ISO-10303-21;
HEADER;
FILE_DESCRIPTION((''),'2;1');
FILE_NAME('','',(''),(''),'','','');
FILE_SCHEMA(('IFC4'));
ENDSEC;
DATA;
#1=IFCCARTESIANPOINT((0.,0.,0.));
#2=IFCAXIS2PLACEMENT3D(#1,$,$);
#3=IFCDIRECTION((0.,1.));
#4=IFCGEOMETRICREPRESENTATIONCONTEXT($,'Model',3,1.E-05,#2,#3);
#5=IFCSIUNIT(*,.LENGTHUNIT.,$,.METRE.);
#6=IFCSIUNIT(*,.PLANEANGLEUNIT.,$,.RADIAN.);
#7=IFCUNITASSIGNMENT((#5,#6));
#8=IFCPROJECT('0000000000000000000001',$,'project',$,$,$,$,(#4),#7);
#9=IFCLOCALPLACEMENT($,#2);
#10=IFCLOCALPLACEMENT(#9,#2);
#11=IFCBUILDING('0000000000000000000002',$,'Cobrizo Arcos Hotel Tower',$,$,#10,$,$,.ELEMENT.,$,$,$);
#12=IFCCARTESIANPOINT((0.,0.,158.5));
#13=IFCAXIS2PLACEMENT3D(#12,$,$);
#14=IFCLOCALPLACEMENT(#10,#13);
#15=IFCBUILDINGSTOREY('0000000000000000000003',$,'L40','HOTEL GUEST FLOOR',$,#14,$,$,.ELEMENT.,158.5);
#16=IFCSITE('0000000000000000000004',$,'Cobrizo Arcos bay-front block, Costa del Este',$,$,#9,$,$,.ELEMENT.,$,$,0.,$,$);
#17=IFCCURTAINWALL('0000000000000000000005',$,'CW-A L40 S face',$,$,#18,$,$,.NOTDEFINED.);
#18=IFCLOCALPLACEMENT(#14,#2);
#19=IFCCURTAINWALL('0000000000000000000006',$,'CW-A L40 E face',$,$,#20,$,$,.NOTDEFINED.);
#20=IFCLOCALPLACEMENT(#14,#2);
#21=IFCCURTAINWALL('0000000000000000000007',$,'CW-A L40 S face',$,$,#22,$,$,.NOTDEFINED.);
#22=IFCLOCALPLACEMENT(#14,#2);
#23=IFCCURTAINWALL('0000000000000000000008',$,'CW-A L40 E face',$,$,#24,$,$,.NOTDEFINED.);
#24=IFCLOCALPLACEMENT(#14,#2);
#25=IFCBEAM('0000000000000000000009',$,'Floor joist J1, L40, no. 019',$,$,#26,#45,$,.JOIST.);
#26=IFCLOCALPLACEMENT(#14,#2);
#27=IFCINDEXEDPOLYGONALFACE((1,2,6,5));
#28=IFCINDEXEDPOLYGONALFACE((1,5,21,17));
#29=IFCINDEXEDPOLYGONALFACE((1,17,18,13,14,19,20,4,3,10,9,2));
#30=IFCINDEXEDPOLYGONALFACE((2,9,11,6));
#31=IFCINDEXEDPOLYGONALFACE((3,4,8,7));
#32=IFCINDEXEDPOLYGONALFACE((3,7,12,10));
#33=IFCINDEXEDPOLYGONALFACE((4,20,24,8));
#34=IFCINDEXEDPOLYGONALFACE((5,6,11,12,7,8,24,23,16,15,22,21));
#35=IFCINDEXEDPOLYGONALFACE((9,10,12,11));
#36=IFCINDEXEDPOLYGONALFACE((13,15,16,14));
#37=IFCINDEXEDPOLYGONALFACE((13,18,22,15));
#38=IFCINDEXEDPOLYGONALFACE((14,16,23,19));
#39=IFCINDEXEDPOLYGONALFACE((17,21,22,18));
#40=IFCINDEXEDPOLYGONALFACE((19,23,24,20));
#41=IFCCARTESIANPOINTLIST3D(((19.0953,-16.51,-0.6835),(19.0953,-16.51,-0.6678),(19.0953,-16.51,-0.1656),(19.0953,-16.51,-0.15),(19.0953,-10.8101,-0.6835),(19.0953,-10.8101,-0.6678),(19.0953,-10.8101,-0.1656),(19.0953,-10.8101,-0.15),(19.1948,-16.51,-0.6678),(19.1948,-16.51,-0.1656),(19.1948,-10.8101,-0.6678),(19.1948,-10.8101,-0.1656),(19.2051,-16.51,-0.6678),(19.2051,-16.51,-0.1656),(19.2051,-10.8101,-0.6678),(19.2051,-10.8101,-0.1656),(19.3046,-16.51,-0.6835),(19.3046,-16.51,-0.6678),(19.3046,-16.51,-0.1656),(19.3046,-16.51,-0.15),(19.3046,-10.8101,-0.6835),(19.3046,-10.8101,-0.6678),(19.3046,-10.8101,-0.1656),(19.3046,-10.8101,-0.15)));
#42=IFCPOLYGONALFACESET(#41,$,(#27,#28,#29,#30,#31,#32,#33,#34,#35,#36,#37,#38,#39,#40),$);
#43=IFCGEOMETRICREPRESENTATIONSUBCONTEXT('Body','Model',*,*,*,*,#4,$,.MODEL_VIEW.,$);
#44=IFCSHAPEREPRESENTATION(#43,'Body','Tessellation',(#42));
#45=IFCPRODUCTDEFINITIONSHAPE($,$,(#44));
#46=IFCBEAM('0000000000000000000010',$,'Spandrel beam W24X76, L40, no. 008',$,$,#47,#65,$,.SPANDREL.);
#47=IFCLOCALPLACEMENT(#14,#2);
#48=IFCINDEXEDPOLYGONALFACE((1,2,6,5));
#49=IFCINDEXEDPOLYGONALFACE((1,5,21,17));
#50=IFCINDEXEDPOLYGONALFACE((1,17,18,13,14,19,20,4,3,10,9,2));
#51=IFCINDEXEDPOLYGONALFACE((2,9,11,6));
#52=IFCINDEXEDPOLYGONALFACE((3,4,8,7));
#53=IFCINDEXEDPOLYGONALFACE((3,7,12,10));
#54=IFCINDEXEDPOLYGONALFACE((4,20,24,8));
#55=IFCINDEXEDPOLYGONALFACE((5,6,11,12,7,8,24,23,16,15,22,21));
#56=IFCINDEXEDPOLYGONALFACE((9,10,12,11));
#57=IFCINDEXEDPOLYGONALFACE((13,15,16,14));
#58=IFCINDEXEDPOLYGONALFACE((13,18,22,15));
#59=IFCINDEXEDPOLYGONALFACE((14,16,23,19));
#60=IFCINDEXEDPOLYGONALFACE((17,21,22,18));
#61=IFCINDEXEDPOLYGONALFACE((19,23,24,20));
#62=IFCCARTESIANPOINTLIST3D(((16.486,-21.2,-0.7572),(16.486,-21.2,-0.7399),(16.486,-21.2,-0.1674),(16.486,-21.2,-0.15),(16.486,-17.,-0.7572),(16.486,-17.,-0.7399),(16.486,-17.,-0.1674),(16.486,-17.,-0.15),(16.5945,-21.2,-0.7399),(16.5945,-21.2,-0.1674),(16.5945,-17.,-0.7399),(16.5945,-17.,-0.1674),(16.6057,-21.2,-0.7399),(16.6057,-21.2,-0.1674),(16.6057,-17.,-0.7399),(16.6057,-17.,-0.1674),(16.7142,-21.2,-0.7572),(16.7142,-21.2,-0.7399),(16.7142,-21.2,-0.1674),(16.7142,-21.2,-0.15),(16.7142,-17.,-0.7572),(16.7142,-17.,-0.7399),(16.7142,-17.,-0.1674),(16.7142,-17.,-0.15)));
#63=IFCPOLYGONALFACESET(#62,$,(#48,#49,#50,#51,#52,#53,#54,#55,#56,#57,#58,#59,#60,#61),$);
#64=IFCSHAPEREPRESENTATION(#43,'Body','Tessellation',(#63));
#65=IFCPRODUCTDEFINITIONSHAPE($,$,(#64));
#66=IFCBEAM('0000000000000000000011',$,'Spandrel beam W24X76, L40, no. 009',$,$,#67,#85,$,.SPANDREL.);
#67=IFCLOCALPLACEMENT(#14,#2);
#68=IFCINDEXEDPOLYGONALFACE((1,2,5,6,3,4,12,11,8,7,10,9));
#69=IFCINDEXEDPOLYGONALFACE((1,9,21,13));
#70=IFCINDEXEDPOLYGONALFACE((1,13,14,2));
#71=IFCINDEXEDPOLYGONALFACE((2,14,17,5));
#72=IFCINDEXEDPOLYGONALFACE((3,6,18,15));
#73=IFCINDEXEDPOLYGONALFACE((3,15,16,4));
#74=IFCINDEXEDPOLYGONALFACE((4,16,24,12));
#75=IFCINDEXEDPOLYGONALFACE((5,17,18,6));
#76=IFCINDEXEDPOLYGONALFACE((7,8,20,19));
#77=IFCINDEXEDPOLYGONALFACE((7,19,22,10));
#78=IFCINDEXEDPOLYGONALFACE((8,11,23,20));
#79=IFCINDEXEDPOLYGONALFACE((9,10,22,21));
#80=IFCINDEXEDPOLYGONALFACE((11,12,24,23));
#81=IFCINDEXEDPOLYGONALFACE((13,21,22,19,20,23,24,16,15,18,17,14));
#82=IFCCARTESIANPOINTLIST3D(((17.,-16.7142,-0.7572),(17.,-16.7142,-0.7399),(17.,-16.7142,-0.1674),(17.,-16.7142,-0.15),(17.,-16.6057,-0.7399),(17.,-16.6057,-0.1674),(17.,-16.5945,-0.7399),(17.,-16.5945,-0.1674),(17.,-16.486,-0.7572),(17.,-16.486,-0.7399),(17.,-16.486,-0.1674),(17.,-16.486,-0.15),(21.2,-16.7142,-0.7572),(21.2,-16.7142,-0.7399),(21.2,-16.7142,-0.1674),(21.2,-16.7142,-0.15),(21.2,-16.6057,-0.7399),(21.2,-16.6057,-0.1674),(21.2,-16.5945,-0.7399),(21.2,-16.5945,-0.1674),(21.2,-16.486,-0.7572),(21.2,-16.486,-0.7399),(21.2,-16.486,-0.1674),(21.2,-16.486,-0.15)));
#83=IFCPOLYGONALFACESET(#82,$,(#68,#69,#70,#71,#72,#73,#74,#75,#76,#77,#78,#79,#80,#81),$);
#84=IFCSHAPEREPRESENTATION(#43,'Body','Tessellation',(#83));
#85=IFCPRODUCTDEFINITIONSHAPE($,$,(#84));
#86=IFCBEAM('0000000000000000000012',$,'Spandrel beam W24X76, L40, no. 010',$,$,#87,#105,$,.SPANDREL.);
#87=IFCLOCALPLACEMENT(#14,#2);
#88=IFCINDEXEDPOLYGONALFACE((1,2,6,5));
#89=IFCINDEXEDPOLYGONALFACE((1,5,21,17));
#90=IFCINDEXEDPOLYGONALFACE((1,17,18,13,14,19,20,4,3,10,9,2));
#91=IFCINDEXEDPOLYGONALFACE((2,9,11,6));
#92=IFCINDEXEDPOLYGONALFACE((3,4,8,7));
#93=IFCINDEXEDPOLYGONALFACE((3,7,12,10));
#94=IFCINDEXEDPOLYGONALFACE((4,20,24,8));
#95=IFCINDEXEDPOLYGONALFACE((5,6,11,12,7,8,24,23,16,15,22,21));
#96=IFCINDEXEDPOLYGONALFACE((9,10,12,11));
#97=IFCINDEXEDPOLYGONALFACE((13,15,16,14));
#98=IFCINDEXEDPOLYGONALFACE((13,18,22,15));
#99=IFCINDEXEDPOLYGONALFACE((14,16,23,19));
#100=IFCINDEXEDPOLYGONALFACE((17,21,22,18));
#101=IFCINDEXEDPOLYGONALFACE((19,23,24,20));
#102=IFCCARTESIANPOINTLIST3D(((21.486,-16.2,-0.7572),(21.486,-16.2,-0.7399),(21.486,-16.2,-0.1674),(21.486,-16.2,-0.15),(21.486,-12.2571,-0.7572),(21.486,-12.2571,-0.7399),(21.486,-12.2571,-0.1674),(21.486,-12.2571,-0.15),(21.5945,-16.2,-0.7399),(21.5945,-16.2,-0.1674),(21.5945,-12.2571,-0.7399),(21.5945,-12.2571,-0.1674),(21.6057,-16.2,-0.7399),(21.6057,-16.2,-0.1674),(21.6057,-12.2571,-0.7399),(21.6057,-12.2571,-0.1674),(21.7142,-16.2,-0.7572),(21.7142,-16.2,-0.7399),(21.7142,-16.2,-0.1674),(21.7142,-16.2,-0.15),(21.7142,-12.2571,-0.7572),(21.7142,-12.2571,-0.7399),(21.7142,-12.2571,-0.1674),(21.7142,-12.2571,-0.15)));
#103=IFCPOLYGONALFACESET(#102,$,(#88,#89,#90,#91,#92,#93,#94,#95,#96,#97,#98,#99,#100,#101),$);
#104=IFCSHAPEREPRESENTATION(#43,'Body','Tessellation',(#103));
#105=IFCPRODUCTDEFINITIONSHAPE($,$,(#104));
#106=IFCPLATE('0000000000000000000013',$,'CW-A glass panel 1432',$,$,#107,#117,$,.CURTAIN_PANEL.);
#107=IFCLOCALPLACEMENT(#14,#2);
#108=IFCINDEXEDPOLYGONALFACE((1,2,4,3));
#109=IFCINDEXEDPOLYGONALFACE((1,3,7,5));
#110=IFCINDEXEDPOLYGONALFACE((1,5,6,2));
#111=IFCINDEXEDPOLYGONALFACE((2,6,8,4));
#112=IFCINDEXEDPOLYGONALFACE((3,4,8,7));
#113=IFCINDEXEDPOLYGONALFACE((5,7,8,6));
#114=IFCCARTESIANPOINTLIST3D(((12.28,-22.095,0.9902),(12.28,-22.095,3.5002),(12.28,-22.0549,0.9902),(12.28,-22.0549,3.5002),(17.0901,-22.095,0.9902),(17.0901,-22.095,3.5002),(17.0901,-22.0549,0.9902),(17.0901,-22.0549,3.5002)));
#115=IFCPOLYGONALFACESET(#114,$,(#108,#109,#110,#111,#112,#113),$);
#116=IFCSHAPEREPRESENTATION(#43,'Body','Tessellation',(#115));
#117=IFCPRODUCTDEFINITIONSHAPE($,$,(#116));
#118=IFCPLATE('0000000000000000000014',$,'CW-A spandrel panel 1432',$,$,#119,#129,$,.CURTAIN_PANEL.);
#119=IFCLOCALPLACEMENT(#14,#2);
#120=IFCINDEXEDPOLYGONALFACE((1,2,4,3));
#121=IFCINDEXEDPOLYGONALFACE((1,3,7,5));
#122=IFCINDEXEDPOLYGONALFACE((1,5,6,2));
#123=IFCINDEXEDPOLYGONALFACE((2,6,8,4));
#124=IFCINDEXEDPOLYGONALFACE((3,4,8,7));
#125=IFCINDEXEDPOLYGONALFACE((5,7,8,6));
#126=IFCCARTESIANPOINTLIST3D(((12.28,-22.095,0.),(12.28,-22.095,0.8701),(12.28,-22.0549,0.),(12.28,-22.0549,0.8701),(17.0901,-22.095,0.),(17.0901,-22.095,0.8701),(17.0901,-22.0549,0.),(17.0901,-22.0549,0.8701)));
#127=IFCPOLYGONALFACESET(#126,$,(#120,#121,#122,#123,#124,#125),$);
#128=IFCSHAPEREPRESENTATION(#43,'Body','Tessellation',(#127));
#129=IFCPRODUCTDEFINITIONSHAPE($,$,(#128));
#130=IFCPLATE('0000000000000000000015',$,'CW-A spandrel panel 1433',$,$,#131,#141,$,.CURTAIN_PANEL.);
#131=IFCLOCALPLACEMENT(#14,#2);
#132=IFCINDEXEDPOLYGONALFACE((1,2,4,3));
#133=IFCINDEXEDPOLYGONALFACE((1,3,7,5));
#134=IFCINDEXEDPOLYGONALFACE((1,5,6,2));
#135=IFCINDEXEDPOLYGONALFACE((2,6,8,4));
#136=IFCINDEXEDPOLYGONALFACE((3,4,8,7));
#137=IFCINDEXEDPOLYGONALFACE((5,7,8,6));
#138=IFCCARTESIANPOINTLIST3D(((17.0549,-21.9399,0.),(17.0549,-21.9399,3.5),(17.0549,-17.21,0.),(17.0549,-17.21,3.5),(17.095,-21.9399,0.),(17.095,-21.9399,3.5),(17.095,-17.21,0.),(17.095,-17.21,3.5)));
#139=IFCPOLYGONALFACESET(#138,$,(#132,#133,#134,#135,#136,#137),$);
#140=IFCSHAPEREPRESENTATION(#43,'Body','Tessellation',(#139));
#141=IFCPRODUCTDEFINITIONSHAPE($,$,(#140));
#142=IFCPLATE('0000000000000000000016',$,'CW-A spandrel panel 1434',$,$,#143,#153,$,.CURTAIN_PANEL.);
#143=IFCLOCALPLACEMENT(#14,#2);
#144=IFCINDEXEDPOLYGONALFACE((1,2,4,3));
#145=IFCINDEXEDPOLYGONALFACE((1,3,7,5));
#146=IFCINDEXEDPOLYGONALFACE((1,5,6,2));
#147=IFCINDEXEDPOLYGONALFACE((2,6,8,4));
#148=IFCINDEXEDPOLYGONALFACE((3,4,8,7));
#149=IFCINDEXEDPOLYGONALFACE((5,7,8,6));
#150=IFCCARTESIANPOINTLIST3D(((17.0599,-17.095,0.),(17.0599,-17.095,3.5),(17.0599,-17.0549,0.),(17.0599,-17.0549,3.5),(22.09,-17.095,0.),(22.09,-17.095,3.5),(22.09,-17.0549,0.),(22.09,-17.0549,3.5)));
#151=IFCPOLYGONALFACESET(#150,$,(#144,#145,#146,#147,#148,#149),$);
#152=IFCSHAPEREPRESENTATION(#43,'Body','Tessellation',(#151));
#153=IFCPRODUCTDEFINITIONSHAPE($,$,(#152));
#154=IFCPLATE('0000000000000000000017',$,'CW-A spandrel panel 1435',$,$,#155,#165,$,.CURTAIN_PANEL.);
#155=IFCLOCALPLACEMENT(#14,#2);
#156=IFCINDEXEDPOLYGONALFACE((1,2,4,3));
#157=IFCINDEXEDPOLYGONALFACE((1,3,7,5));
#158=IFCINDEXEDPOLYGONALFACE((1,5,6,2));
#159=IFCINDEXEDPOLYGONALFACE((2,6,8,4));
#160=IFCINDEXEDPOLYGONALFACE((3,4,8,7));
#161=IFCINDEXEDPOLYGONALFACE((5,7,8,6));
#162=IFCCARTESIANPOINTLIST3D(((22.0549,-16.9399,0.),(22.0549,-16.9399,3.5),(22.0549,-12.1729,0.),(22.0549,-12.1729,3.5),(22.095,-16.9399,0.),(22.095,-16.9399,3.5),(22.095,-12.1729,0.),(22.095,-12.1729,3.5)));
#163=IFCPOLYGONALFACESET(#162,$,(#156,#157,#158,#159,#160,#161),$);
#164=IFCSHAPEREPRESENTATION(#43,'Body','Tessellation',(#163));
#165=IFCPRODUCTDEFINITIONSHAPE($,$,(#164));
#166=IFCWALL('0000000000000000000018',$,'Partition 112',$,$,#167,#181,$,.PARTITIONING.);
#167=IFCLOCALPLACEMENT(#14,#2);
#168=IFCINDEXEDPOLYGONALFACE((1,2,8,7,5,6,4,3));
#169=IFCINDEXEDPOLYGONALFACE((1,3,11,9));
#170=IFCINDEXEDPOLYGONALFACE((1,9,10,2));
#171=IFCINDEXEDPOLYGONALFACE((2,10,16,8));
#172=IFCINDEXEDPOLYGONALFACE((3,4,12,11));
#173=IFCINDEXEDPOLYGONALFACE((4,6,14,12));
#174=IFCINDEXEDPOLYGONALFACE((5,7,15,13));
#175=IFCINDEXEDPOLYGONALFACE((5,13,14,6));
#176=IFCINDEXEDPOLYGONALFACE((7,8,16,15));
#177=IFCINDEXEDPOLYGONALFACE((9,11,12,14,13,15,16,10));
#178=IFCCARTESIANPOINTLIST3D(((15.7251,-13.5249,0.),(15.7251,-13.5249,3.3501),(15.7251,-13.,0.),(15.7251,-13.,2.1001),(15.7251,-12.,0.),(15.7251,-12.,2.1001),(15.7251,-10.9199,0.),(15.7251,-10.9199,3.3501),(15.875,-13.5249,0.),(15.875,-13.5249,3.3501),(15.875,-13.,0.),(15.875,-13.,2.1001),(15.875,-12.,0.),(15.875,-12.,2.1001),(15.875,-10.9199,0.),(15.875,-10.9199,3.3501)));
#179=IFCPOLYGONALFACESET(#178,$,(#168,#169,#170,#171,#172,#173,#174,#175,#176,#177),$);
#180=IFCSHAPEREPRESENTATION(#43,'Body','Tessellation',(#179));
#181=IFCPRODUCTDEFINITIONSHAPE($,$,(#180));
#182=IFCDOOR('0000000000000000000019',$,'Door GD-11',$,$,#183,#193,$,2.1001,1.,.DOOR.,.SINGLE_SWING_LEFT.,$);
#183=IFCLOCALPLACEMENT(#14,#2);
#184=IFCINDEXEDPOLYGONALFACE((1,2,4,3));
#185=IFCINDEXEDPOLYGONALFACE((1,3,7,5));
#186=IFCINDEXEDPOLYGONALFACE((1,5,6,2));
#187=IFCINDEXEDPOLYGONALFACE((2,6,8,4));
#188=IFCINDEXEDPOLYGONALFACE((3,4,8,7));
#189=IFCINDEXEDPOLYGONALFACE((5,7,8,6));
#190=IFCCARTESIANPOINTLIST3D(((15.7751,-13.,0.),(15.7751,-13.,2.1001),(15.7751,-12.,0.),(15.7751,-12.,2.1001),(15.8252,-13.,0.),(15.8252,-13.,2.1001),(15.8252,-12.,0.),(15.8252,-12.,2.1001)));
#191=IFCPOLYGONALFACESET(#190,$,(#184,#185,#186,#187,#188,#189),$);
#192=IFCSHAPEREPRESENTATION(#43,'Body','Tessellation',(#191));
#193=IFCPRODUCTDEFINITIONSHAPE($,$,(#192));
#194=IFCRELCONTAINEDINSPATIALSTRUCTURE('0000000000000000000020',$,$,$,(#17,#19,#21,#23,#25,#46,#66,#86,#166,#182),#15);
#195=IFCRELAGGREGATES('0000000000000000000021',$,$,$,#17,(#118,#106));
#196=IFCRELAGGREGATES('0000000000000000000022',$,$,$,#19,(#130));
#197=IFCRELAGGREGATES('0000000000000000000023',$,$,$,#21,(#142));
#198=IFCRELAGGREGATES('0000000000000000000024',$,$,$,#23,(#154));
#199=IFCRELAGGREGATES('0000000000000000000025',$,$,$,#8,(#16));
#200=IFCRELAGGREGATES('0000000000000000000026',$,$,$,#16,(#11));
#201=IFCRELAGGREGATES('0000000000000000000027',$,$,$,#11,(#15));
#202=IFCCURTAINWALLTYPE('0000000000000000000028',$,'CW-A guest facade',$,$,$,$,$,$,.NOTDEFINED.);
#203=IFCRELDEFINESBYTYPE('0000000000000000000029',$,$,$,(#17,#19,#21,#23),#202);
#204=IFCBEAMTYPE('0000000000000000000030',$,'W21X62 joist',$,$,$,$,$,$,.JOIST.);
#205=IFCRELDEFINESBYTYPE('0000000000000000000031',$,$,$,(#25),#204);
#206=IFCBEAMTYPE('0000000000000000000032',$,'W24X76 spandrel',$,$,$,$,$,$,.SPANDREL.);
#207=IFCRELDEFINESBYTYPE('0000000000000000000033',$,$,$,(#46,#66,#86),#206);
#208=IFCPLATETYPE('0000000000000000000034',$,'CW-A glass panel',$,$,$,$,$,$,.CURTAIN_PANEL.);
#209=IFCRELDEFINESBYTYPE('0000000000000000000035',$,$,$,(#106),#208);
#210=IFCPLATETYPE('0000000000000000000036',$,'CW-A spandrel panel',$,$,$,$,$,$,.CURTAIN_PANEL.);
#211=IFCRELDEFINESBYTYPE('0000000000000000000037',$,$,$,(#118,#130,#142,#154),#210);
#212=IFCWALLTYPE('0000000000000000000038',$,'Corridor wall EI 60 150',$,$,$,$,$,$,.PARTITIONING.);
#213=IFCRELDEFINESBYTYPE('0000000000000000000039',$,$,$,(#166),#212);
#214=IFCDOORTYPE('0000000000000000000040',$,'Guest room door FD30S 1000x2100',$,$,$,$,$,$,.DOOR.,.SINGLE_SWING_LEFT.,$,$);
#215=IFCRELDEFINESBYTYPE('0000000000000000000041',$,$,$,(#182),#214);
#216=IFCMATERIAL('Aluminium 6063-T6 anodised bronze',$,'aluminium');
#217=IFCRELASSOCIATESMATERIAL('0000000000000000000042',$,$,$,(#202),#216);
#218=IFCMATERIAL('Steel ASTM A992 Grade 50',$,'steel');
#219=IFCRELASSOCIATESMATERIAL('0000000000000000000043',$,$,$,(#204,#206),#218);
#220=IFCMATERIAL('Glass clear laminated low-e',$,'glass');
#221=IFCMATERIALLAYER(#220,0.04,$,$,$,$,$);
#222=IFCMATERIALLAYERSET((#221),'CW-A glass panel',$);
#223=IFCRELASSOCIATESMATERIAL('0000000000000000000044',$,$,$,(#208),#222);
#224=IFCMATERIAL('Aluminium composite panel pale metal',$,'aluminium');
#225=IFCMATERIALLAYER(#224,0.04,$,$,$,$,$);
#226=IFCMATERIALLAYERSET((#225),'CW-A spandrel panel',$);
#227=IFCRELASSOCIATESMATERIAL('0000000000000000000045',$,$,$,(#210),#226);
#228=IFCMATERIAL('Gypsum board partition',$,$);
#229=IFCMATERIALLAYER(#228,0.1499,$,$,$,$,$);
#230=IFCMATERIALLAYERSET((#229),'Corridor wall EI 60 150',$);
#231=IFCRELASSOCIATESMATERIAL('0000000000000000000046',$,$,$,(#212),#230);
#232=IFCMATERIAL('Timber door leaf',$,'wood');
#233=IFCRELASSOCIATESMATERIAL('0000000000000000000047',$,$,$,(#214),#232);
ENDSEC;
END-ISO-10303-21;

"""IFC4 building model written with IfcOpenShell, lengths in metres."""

from ifc_helpers import new_model, si_unit, direction, frame, frame_2d, origin, origin_2d, place, context, subcontext, project, spatial, rectangle, i_section, extrude, material, layer, layer_set, material_profile, profile_set, type_object, element, fill, aggregate, save


model = new_model("IFC4")

# Units and contexts
model_context = context("Model", 3, precision=1e-05, world=origin(), true_north=direction((0.0, 1.0)))
body_context = subcontext(model_context, "Body", "Model", "MODEL_VIEW")
ifc_project = project(units=[si_unit("LENGTHUNIT", "METRE"), si_unit("PLANEANGLEUNIT", "RADIAN")], contexts=[model_context])

# Site, building, storey
site_placement = place(None, origin())
site = spatial("IfcSite", under=ifc_project, at=site_placement, Name="Cobrizo Arcos bay-front block, Costa del Este", CompositionType="ELEMENT", RefElevation=0.0)
building_placement = place(site_placement, origin())
building = spatial("IfcBuilding", under=site, at=building_placement, Name="Cobrizo Arcos Hotel Tower", CompositionType="ELEMENT")
storey_placement = place(building_placement, frame((0.0, 0.0, 158.5)))
storey = spatial("IfcBuildingStorey", under=building, at=storey_placement, Name="L40", Description="HOTEL GUEST FLOOR", CompositionType="ELEMENT", Elevation=158.5)

# Curtain wall
ifc_material_1 = material(Name="Aluminium 6063-T6 anodised bronze", Category="aluminium")
curtain_wall_type = type_object("IfcCurtainWallType", Name="CW-A guest facade", PredefinedType="NOTDEFINED", material=ifc_material_1)
curtain_wall_1_placement = place(storey_placement, origin())
curtain_wall_1 = element("IfcCurtainWall", 1, at=curtain_wall_1_placement, inside=storey, type_object=curtain_wall_type, Name="CW-A L40 S face", PredefinedType="NOTDEFINED")

# Curtain walls
curtain_wall_2_placement = place(storey_placement, origin())
curtain_wall_2 = element("IfcCurtainWall", 2, at=curtain_wall_2_placement, inside=storey, type_object=curtain_wall_type, Name="CW-A L40 E face", PredefinedType="NOTDEFINED")
curtain_wall_3_placement = place(storey_placement, origin())
curtain_wall_3 = element("IfcCurtainWall", 3, at=curtain_wall_3_placement, inside=storey, type_object=curtain_wall_type, Name="CW-A L40 S face", PredefinedType="NOTDEFINED")

# Curtain wall
curtain_wall_4_placement = place(storey_placement, origin())
curtain_wall_4 = element("IfcCurtainWall", 4, at=curtain_wall_4_placement, inside=storey, type_object=curtain_wall_type, Name="CW-A L40 E face", PredefinedType="NOTDEFINED")

# Beams
ifc_material_2 = material(Name="Steel ASTM A992 Grade 50", Category="steel")
ifc_material_profile_1 = material_profile(ifc_material_2, i_section(OverallWidth=0.2092, OverallDepth=0.5334, WebThickness=0.0103, FlangeThickness=0.0156, at=origin_2d()), Name="W21X62")
ifc_profile_set_1 = profile_set([ifc_material_profile_1], Name="Steel ASTM A992 Grade 50")
beam_type_1 = type_object("IfcBeamType", Name="W21X62 joist", PredefinedType="JOIST", material=ifc_profile_set_1)
beam_1_placement = place(storey_placement, frame((19.2, -16.51, -0.4167), z_axis=(0.0, 1.0, 0.0), x_axis=(-1.0, 0.0, 0.0)))
element("IfcBeam", 5, at=beam_1_placement, inside=storey, type_object=beam_type_1, Name="Floor joist J1, L40, no. 019", PredefinedType="JOIST", context=body_context, shape_type="SweptSolid", body=[
    extrude(i_section(OverallWidth=0.2092, OverallDepth=0.5334, WebThickness=0.0103, FlangeThickness=0.0156, at=origin_2d()), origin(), (0.0, 0.0, 1.0), 5.7),
])
ifc_material_profile_2 = material_profile(ifc_material_2, i_section(OverallWidth=0.2283, OverallDepth=0.6072, WebThickness=0.0112, FlangeThickness=0.0173, at=origin_2d()), Name="W24X76")
ifc_profile_set_2 = profile_set([ifc_material_profile_2], Name="Steel ASTM A992 Grade 50")
beam_type_2 = type_object("IfcBeamType", Name="W24X76 spandrel", PredefinedType="SPANDREL", material=ifc_profile_set_2)
for number, where, z_axis, x_axis, name in (
    (6, (16.6001, -21.2, -0.4536), (0.0, 1.0, 0.0), (-1.0, 0.0, 0.0), "Spandrel beam W24X76, L40, no. 008"),
    (7, (17.0, -16.6001, -0.4536), (1.0, 0.0, 0.0), (0.0, 1.0, 0.0), "Spandrel beam W24X76, L40, no. 009"),
):
    element("IfcBeam", number, at=place(storey_placement, frame(where, z_axis=z_axis, x_axis=x_axis)), inside=storey, type_object=beam_type_2, Name=name, PredefinedType="SPANDREL", context=body_context, shape_type="SweptSolid", body=[
        extrude(i_section(OverallWidth=0.2283, OverallDepth=0.6072, WebThickness=0.0112, FlangeThickness=0.0173, at=origin_2d()), origin(), (0.0, 0.0, 1.0), 4.2),
    ])
beam_2_placement = place(storey_placement, frame((21.6001, -16.2, -0.4536), z_axis=(0.0, 1.0, 0.0), x_axis=(-1.0, 0.0, 0.0)))
element("IfcBeam", 8, at=beam_2_placement, inside=storey, type_object=beam_type_2, Name="Spandrel beam W24X76, L40, no. 010", PredefinedType="SPANDREL", context=body_context, shape_type="SweptSolid", body=[
    extrude(i_section(OverallWidth=0.2283, OverallDepth=0.6072, WebThickness=0.0112, FlangeThickness=0.0173, at=origin_2d()), origin(), (0.0, 0.0, 1.0), 3.9429),
])

# Plates
ifc_material_3 = material(Name="Glass clear laminated low-e", Category="glass")
ifc_layer_1 = layer(ifc_material_3, 0.04)
ifc_layer_set_1 = layer_set([ifc_layer_1], Name="CW-A glass panel")
plate_type_1 = type_object("IfcPlateType", Name="CW-A glass panel", PredefinedType="CURTAIN_PANEL", material=ifc_layer_set_1)
plate_1_placement = place(storey_placement, frame((14.6851, -22.075, 0.9902), z_axis=(0.0, 0.0, 1.0), x_axis=(1.0, 0.0, 0.0)))
plate_1 = element("IfcPlate", 9, at=plate_1_placement, type_object=plate_type_1, Name="CW-A glass panel 1432", PredefinedType="CURTAIN_PANEL", context=body_context, shape_type="SweptSolid", body=[
    extrude(rectangle(XDim=4.8101, YDim=0.04, at=origin_2d()), origin(), (0.0, 0.0, 1.0), 2.51),
])
ifc_material_4 = material(Name="Aluminium composite panel pale metal", Category="aluminium")
ifc_layer_2 = layer(ifc_material_4, 0.04)
ifc_layer_set_2 = layer_set([ifc_layer_2], Name="CW-A spandrel panel")
plate_type_2 = type_object("IfcPlateType", Name="CW-A spandrel panel", PredefinedType="CURTAIN_PANEL", material=ifc_layer_set_2)
plate_2_placement = place(storey_placement, frame((14.6851, -22.075, 0.0), z_axis=(0.0, 0.0, 1.0), x_axis=(1.0, 0.0, 0.0)))
plate_2 = element("IfcPlate", 10, at=plate_2_placement, type_object=plate_type_2, Name="CW-A spandrel panel 1432", PredefinedType="CURTAIN_PANEL", context=body_context, shape_type="SweptSolid", body=[
    extrude(rectangle(XDim=4.8101, YDim=0.04, at=origin_2d()), origin(), (0.0, 0.0, 1.0), 0.8701),
])
aggregate(curtain_wall_1, [plate_2, plate_1])
plate_3_placement = place(storey_placement, frame((17.075, -19.575, 0.0), z_axis=(0.0, 0.0, 1.0), x_axis=(0.0, 1.0, 0.0)))
plate_3 = element("IfcPlate", 11, at=plate_3_placement, type_object=plate_type_2, Name="CW-A spandrel panel 1433", PredefinedType="CURTAIN_PANEL", context=body_context, shape_type="SweptSolid", body=[
    extrude(rectangle(XDim=4.73, YDim=0.04, at=origin_2d()), origin(), (0.0, 0.0, 1.0), 3.5),
])
aggregate(curtain_wall_2, [plate_3])
plate_4_placement = place(storey_placement, frame((19.575, -17.075, 0.0), z_axis=(0.0, 0.0, 1.0), x_axis=(1.0, 0.0, 0.0)))
plate_4 = element("IfcPlate", 12, at=plate_4_placement, type_object=plate_type_2, Name="CW-A spandrel panel 1434", PredefinedType="CURTAIN_PANEL", context=body_context, shape_type="SweptSolid", body=[
    extrude(rectangle(XDim=5.03, YDim=0.04, at=origin_2d()), origin(), (0.0, 0.0, 1.0), 3.5),
])
aggregate(curtain_wall_3, [plate_4])
plate_5_placement = place(storey_placement, frame((22.075, -14.5564, 0.0), z_axis=(0.0, 0.0, 1.0), x_axis=(0.0, 1.0, 0.0)))
plate_5 = element("IfcPlate", 13, at=plate_5_placement, type_object=plate_type_2, Name="CW-A spandrel panel 1435", PredefinedType="CURTAIN_PANEL", context=body_context, shape_type="SweptSolid", body=[
    extrude(rectangle(XDim=4.7671, YDim=0.04, at=origin_2d()), origin(), (0.0, 0.0, 1.0), 3.5),
])
aggregate(curtain_wall_4, [plate_5])

# Wall, opening, door
ifc_material_5 = material(Name="Gypsum board partition")
ifc_layer_3 = layer(ifc_material_5, 0.1499)
ifc_layer_set_3 = layer_set([ifc_layer_3], Name="Corridor wall EI 60 150")
wall_type_1 = type_object("IfcWallType", Name="Corridor wall EI 60 150", PredefinedType="PARTITIONING", material=ifc_layer_set_3)
wall_1_placement = place(storey_placement, frame((15.8, -13.5249, 0.0), z_axis=(0.0, 0.0, 1.0), x_axis=(0.0, 1.0, 0.0)))
wall_1 = element("IfcWall", 14, at=wall_1_placement, inside=storey, type_object=wall_type_1, Name="Partition 112", PredefinedType="PARTITIONING", context=body_context, shape_type="SweptSolid", body=[
    extrude(rectangle(XDim=2.605, YDim=0.1499, at=frame_2d((1.3025, 0.0))), origin(), (0.0, 0.0, 1.0), 3.3501),
])
opening_1_placement = place(wall_1_placement, frame((0.5249, 0.0, 0.0)))
opening_1 = element("IfcOpeningElement", 15, at=opening_1_placement, cuts=wall_1, PredefinedType="OPENING", context=body_context, shape_type="SweptSolid", body=[
    extrude(rectangle(XDim=1.0, YDim=2.1001, at=frame_2d((0.5, 1.05))), frame((0.0, 0.0869, 0.0), z_axis=(0.0, -1.0, 0.0), x_axis=(1.0, 0.0, 0.0)), (0.0, 0.0, 1.0), 0.1738),
])
ifc_material_6 = material(Name="Timber door leaf", Category="wood")
door_type_1 = type_object("IfcDoorType", Name="Guest room door FD30S 1000x2100", OperationType="SINGLE_SWING_LEFT", PredefinedType="DOOR", material=ifc_material_6)
door_1_placement = place(opening_1_placement, origin())
door_1 = element("IfcDoor", 16, at=door_1_placement, inside=storey, type_object=door_type_1, Name="Door GD-11", OperationType="SINGLE_SWING_LEFT", OverallHeight=2.1001, OverallWidth=1.0, PredefinedType="DOOR", context=body_context, shape_type="SweptSolid", body=[
    extrude(rectangle(XDim=1.0, YDim=2.1001, at=frame_2d((0.5, 1.05))), frame((0.0, 0.0249, 0.0), z_axis=(0.0, -1.0, 0.0), x_axis=(1.0, 0.0, 0.0)), (0.0, 0.0, 1.0), 0.05),
])
fill(opening_1, door_1)

save(model, "model.ifc")
